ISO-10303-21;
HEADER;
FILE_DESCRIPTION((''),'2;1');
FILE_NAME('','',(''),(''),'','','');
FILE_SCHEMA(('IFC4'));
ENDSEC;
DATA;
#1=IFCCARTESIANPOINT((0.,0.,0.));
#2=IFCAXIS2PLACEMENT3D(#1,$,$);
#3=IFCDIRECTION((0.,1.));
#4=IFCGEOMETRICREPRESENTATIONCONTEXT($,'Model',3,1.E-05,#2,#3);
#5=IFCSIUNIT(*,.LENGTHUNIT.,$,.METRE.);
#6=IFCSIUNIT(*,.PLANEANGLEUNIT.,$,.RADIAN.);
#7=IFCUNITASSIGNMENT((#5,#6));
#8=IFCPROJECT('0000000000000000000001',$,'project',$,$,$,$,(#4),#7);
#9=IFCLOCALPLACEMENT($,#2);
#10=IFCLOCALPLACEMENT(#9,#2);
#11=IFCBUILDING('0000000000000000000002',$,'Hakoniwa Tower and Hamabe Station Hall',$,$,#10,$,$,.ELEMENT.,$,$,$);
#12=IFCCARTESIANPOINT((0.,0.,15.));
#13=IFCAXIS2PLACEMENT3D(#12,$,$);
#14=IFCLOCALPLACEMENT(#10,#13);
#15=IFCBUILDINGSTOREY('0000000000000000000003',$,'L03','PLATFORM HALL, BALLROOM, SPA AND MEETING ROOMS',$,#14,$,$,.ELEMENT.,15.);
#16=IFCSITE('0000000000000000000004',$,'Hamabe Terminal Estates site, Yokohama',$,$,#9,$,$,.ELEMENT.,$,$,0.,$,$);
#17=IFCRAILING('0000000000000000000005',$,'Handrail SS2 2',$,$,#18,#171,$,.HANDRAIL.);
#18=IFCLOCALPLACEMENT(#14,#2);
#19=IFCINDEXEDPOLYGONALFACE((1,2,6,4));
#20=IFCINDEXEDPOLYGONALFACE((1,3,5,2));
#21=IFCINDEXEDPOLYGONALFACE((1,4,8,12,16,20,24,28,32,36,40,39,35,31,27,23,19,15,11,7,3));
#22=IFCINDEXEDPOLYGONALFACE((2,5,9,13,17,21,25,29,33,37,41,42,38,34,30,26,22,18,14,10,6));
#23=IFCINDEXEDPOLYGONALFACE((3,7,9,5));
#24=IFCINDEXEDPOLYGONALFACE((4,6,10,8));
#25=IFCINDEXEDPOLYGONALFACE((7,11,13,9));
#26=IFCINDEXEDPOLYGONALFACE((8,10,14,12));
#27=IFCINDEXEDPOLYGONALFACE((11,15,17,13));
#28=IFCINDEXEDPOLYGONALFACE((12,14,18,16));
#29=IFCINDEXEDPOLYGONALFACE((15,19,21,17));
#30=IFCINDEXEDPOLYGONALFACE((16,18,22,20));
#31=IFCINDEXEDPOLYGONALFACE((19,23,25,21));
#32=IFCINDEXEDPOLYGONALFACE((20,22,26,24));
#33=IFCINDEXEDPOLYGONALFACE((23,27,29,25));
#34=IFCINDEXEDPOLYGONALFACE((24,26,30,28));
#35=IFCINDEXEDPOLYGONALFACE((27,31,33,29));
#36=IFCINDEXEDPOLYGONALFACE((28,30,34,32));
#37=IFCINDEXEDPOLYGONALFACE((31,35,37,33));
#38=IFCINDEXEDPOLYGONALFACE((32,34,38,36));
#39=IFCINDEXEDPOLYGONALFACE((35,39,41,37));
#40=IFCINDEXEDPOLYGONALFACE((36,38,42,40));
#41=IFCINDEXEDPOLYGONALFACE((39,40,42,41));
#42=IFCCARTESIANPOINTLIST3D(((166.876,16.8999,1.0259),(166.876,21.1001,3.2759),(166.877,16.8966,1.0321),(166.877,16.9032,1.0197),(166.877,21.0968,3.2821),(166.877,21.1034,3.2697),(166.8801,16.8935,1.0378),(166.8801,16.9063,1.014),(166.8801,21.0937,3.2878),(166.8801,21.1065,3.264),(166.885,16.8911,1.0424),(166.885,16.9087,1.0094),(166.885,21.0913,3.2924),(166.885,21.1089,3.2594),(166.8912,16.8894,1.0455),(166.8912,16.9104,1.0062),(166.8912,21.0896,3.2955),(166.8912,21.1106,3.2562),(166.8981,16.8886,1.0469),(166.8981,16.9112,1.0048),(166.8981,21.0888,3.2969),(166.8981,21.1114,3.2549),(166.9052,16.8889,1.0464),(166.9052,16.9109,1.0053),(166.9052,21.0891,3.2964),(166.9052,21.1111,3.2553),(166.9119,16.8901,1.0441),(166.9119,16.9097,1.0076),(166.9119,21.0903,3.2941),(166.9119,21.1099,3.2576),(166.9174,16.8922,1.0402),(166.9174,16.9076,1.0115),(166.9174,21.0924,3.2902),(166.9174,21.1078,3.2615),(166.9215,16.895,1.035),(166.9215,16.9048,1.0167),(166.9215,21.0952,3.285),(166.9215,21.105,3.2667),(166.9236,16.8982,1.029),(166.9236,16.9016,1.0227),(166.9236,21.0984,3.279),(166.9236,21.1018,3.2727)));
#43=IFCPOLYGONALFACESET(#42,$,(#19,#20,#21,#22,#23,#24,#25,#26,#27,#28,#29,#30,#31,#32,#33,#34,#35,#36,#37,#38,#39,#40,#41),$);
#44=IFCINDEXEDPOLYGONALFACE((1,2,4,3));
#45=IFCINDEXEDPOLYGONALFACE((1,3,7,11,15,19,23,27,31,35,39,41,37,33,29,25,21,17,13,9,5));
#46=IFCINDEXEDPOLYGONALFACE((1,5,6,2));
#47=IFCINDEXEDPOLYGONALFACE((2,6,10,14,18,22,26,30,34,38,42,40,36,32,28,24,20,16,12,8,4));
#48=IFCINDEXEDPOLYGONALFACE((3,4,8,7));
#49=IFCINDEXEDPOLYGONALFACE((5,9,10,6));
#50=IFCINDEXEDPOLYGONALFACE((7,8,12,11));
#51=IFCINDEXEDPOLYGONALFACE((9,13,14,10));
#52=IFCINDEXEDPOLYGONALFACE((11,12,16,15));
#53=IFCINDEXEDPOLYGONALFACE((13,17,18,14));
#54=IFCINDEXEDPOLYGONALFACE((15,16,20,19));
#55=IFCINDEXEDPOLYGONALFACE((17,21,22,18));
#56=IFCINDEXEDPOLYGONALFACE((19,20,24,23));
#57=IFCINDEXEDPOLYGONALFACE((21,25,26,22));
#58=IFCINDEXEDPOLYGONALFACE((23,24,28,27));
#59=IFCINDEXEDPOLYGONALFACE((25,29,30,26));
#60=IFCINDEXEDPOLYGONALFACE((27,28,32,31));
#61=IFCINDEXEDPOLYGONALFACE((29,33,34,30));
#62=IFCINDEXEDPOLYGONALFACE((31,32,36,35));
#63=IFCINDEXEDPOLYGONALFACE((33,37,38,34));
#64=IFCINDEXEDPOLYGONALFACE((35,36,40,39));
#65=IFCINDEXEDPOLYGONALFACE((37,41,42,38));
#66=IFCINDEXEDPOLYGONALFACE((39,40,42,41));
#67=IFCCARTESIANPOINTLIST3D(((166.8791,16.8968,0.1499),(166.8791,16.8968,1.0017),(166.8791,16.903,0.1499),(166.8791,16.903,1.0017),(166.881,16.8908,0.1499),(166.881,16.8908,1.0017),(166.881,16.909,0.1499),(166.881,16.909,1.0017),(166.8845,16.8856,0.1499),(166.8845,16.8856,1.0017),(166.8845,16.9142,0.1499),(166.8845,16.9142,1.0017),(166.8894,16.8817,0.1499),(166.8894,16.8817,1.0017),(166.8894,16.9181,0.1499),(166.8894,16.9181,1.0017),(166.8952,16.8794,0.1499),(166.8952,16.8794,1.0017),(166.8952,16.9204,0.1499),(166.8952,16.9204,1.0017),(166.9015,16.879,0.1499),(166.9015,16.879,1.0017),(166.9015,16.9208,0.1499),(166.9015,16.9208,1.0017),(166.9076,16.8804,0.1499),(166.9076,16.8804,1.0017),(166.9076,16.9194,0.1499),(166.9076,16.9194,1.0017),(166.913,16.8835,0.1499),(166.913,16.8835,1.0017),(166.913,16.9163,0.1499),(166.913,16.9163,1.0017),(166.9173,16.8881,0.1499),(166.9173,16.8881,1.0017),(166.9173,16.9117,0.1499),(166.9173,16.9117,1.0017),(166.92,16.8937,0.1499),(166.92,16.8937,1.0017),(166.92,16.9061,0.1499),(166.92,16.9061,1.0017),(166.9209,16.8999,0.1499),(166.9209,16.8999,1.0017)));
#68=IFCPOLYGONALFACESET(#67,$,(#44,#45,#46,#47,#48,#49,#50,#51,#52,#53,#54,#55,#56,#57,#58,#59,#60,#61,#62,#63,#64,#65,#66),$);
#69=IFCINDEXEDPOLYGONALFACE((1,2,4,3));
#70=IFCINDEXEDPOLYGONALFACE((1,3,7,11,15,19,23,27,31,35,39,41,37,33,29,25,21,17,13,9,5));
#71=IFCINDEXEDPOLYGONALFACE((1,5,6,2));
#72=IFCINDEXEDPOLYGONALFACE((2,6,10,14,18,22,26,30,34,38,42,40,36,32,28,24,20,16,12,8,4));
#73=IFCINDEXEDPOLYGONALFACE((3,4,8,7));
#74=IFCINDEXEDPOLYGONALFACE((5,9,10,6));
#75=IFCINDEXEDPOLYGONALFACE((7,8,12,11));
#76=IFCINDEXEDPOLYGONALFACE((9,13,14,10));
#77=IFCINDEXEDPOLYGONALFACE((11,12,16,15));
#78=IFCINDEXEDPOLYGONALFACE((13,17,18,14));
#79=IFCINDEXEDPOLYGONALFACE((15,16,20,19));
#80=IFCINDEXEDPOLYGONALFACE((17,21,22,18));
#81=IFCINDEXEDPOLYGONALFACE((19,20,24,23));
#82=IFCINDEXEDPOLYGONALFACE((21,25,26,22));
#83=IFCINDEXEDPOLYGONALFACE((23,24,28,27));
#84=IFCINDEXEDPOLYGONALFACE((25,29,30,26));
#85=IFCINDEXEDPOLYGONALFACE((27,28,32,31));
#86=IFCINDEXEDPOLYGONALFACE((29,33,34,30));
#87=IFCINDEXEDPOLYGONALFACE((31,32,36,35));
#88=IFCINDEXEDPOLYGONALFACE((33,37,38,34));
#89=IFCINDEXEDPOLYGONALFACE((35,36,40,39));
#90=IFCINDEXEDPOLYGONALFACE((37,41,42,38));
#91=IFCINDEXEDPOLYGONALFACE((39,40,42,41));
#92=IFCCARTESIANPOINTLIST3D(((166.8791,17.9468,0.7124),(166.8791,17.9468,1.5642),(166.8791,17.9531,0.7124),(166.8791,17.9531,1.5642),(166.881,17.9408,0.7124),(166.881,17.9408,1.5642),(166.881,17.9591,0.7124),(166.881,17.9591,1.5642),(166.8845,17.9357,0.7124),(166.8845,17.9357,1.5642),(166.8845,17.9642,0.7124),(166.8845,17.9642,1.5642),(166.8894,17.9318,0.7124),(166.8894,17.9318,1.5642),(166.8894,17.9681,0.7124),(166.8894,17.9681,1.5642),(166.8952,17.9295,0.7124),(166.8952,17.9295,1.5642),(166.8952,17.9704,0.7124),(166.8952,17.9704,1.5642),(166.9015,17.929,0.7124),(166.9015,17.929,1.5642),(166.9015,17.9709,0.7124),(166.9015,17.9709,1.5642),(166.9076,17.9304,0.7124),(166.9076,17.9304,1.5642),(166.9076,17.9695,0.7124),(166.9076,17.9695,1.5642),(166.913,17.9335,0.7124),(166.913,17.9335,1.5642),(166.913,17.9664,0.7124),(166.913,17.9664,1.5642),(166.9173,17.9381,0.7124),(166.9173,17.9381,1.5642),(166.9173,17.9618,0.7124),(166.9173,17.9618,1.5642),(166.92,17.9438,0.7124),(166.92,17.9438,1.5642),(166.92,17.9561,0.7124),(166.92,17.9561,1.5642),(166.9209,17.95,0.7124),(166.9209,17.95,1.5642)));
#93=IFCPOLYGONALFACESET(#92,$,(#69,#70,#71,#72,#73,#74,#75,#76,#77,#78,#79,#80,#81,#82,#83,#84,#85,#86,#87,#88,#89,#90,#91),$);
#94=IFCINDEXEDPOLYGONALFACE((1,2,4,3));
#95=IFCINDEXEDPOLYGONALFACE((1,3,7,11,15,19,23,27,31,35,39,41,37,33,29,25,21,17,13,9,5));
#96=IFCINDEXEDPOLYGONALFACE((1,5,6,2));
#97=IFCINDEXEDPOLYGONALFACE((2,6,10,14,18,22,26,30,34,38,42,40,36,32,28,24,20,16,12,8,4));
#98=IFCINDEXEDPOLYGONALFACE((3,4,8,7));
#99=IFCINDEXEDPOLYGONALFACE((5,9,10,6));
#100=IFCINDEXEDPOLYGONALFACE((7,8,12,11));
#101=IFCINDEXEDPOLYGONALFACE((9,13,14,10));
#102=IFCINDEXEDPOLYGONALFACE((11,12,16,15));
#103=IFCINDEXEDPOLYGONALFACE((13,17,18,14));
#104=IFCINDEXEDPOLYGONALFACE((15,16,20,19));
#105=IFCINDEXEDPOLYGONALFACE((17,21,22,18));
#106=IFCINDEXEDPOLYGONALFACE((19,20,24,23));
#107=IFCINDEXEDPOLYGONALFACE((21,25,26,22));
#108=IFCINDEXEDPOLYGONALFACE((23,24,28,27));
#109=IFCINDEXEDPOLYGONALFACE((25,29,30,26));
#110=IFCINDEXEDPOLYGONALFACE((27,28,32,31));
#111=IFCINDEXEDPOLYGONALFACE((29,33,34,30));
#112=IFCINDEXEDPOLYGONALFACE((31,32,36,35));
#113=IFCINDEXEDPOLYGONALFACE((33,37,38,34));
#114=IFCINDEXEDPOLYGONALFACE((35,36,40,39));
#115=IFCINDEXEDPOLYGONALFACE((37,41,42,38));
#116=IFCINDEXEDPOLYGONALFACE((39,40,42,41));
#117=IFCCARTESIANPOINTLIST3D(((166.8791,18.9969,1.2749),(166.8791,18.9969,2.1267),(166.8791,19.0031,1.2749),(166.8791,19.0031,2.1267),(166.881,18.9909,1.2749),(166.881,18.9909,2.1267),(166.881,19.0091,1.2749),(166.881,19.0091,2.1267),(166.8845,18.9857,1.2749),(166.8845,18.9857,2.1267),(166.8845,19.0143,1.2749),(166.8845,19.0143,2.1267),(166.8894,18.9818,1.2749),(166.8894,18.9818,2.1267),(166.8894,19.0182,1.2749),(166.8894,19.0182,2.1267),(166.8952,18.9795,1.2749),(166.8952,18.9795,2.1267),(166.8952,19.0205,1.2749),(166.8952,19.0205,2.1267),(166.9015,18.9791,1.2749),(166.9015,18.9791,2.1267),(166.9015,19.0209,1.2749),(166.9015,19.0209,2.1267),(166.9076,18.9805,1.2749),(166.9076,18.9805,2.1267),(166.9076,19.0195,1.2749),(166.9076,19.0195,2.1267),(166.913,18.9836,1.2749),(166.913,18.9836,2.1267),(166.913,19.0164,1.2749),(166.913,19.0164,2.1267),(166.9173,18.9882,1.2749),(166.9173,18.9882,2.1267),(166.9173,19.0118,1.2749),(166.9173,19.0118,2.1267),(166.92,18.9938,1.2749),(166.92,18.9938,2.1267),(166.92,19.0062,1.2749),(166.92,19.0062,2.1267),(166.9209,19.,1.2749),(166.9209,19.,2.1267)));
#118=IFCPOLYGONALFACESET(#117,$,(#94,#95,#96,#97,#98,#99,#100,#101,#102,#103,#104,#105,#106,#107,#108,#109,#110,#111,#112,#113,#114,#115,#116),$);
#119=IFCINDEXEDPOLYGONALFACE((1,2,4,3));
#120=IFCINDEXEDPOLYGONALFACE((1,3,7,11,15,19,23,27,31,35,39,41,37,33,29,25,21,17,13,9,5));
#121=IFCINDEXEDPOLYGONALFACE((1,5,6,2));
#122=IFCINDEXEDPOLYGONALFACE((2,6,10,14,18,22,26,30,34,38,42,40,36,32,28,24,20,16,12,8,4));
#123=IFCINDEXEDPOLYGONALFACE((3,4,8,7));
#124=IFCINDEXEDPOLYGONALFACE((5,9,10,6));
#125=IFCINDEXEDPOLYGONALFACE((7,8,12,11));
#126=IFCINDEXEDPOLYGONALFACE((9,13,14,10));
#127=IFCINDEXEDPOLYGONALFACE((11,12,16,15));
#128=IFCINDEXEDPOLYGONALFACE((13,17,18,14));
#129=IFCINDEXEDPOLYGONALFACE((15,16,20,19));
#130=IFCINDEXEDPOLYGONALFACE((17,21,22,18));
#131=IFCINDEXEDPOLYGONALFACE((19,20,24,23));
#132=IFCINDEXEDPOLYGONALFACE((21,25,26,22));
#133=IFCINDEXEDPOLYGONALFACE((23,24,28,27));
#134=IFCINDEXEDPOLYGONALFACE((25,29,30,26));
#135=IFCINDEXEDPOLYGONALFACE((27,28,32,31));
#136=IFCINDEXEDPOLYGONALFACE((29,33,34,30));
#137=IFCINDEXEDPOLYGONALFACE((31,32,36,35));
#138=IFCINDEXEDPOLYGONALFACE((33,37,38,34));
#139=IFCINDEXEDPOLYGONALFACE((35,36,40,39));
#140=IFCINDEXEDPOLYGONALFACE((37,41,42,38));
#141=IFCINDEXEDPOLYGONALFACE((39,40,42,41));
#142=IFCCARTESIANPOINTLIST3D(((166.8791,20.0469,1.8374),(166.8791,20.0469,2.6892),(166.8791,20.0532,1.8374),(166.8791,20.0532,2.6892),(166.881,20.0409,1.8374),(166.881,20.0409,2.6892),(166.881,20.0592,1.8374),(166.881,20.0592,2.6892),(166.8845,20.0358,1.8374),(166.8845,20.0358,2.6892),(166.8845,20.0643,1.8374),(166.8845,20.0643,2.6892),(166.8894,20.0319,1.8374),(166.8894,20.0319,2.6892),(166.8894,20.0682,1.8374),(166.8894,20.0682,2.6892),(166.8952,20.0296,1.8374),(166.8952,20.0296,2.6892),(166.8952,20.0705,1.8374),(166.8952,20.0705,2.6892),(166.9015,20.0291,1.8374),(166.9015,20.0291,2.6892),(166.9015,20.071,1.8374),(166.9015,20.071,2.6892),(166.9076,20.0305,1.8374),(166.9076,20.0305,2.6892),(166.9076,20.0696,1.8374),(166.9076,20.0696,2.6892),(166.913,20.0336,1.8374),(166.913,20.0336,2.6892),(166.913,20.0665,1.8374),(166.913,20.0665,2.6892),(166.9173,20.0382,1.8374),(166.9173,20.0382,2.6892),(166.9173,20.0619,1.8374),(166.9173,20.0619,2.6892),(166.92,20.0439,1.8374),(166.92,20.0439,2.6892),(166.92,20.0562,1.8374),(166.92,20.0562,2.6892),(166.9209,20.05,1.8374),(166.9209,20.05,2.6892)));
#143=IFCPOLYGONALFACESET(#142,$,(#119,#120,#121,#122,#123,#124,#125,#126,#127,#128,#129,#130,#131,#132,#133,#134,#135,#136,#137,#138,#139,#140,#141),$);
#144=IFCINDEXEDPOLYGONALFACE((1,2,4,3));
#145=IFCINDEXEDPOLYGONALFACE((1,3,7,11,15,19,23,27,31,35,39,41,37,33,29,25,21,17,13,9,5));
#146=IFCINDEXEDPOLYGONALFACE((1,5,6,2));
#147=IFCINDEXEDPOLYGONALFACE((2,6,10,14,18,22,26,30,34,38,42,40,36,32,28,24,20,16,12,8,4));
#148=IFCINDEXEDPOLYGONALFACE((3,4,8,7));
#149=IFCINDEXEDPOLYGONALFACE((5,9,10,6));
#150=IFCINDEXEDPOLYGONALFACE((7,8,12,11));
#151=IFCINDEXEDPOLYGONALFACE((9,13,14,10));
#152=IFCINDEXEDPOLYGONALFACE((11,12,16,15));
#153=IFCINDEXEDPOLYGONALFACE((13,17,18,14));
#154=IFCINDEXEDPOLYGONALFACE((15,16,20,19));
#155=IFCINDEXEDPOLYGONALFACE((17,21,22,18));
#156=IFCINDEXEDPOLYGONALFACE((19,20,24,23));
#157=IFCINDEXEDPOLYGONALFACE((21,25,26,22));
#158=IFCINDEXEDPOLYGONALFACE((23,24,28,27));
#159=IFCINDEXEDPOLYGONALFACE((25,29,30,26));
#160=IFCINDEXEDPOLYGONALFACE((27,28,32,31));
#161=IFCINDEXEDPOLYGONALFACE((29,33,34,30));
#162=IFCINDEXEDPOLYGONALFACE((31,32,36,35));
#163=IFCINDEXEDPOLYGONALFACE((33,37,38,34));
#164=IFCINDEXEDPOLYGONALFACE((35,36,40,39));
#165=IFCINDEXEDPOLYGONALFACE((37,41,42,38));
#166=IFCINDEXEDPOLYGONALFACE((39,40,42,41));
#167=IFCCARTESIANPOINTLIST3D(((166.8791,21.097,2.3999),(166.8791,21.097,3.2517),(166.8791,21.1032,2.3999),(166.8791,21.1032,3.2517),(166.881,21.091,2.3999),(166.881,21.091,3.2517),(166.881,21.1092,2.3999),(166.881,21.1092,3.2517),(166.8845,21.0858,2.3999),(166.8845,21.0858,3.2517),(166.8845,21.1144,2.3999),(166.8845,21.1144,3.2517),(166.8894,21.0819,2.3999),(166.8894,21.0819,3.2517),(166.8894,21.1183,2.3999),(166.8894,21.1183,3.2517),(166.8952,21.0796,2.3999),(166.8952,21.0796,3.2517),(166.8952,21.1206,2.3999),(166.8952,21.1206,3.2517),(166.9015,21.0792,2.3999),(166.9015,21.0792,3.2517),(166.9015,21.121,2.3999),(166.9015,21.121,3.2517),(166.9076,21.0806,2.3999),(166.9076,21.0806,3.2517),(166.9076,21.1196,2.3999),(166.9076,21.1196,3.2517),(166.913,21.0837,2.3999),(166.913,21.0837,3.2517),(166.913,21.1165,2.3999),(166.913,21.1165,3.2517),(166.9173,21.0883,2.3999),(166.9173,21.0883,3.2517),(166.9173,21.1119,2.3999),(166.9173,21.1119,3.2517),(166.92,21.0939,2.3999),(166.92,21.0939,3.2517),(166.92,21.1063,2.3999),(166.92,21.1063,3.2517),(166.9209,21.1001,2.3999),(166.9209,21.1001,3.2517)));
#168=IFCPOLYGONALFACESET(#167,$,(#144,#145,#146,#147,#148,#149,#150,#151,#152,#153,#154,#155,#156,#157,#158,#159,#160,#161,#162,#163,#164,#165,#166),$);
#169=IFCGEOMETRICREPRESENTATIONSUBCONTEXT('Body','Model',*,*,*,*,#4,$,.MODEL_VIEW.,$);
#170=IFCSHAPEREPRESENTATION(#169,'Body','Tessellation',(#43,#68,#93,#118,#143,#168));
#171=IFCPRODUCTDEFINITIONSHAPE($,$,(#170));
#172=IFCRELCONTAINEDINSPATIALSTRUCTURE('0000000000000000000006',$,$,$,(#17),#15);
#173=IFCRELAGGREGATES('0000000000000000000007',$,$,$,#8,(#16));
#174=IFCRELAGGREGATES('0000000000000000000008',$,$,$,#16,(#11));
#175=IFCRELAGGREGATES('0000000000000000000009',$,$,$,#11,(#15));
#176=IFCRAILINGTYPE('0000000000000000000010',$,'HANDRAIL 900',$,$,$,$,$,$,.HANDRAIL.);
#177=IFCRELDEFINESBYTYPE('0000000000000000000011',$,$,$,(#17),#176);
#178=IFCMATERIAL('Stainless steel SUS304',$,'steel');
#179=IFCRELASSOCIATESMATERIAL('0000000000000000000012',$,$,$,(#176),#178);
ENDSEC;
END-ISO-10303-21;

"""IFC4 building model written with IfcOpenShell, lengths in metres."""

from ifc_helpers import new_model, si_unit, direction, frame, origin, origin_2d, place, context, subcontext, project, spatial, circle, extrude, material, type_object, element, save


model = new_model("IFC4")

# Units and contexts
model_context = context("Model", 3, precision=1e-05, world=origin(), true_north=direction((0.0, 1.0)))
body_context = subcontext(model_context, "Body", "Model", "MODEL_VIEW")
ifc_project = project(units=[si_unit("LENGTHUNIT", "METRE"), si_unit("PLANEANGLEUNIT", "RADIAN")], contexts=[model_context])

# Site, building, storey
site_placement = place(None, origin())
site = spatial("IfcSite", under=ifc_project, at=site_placement, Name="Hamabe Terminal Estates site, Yokohama", CompositionType="ELEMENT", RefElevation=0.0)
building_placement = place(site_placement, origin())
building = spatial("IfcBuilding", under=site, at=building_placement, Name="Hakoniwa Tower and Hamabe Station Hall", CompositionType="ELEMENT")
storey_placement = place(building_placement, frame((0.0, 0.0, 15.0)))
storey = spatial("IfcBuildingStorey", under=building, at=storey_placement, Name="L03", Description="PLATFORM HALL, BALLROOM, SPA AND MEETING ROOMS", CompositionType="ELEMENT", Elevation=15.0)

# Railing
ifc_material_1 = material(Name="Stainless steel SUS304", Category="steel")
railing_type_1 = type_object("IfcRailingType", Name="HANDRAIL 900", PredefinedType="HANDRAIL", material=ifc_material_1)
for number, where, name in (
    (1, (166.8999, 16.8999, 0.1499), "Handrail SS2 2"),
):
    element("IfcRailing", number, at=place(storey_placement, frame(where)), inside=storey, type_object=railing_type_1, Name=name, PredefinedType="HANDRAIL", context=body_context, shape_type="SweptSolid", body=[
        extrude(circle(Radius=0.0239, at=origin_2d()), frame((0.0, 0.0, 0.876), z_axis=(0.0, 0.881489, 0.472204), x_axis=(-1.0, 0.0, 0.0)), (0.0, 0.0, 1.0), 4.7649),
        extrude(circle(Radius=0.021, at=origin_2d()), origin(), (0.0, 0.0, 1.0), 0.8518),
        extrude(circle(Radius=0.021, at=origin_2d()), frame((0.0, 1.05, 0.5625)), (0.0, 0.0, 1.0), 0.8518),
        extrude(circle(Radius=0.021, at=origin_2d()), frame((0.0, 2.1001, 1.125)), (0.0, 0.0, 1.0), 0.8518),
        extrude(circle(Radius=0.021, at=origin_2d()), frame((0.0, 3.1501, 1.6875)), (0.0, 0.0, 1.0), 0.8518),
        extrude(circle(Radius=0.021, at=origin_2d()), frame((0.0, 4.2002, 2.25)), (0.0, 0.0, 1.0), 0.8518),
    ])

save(model, "model.ifc")
